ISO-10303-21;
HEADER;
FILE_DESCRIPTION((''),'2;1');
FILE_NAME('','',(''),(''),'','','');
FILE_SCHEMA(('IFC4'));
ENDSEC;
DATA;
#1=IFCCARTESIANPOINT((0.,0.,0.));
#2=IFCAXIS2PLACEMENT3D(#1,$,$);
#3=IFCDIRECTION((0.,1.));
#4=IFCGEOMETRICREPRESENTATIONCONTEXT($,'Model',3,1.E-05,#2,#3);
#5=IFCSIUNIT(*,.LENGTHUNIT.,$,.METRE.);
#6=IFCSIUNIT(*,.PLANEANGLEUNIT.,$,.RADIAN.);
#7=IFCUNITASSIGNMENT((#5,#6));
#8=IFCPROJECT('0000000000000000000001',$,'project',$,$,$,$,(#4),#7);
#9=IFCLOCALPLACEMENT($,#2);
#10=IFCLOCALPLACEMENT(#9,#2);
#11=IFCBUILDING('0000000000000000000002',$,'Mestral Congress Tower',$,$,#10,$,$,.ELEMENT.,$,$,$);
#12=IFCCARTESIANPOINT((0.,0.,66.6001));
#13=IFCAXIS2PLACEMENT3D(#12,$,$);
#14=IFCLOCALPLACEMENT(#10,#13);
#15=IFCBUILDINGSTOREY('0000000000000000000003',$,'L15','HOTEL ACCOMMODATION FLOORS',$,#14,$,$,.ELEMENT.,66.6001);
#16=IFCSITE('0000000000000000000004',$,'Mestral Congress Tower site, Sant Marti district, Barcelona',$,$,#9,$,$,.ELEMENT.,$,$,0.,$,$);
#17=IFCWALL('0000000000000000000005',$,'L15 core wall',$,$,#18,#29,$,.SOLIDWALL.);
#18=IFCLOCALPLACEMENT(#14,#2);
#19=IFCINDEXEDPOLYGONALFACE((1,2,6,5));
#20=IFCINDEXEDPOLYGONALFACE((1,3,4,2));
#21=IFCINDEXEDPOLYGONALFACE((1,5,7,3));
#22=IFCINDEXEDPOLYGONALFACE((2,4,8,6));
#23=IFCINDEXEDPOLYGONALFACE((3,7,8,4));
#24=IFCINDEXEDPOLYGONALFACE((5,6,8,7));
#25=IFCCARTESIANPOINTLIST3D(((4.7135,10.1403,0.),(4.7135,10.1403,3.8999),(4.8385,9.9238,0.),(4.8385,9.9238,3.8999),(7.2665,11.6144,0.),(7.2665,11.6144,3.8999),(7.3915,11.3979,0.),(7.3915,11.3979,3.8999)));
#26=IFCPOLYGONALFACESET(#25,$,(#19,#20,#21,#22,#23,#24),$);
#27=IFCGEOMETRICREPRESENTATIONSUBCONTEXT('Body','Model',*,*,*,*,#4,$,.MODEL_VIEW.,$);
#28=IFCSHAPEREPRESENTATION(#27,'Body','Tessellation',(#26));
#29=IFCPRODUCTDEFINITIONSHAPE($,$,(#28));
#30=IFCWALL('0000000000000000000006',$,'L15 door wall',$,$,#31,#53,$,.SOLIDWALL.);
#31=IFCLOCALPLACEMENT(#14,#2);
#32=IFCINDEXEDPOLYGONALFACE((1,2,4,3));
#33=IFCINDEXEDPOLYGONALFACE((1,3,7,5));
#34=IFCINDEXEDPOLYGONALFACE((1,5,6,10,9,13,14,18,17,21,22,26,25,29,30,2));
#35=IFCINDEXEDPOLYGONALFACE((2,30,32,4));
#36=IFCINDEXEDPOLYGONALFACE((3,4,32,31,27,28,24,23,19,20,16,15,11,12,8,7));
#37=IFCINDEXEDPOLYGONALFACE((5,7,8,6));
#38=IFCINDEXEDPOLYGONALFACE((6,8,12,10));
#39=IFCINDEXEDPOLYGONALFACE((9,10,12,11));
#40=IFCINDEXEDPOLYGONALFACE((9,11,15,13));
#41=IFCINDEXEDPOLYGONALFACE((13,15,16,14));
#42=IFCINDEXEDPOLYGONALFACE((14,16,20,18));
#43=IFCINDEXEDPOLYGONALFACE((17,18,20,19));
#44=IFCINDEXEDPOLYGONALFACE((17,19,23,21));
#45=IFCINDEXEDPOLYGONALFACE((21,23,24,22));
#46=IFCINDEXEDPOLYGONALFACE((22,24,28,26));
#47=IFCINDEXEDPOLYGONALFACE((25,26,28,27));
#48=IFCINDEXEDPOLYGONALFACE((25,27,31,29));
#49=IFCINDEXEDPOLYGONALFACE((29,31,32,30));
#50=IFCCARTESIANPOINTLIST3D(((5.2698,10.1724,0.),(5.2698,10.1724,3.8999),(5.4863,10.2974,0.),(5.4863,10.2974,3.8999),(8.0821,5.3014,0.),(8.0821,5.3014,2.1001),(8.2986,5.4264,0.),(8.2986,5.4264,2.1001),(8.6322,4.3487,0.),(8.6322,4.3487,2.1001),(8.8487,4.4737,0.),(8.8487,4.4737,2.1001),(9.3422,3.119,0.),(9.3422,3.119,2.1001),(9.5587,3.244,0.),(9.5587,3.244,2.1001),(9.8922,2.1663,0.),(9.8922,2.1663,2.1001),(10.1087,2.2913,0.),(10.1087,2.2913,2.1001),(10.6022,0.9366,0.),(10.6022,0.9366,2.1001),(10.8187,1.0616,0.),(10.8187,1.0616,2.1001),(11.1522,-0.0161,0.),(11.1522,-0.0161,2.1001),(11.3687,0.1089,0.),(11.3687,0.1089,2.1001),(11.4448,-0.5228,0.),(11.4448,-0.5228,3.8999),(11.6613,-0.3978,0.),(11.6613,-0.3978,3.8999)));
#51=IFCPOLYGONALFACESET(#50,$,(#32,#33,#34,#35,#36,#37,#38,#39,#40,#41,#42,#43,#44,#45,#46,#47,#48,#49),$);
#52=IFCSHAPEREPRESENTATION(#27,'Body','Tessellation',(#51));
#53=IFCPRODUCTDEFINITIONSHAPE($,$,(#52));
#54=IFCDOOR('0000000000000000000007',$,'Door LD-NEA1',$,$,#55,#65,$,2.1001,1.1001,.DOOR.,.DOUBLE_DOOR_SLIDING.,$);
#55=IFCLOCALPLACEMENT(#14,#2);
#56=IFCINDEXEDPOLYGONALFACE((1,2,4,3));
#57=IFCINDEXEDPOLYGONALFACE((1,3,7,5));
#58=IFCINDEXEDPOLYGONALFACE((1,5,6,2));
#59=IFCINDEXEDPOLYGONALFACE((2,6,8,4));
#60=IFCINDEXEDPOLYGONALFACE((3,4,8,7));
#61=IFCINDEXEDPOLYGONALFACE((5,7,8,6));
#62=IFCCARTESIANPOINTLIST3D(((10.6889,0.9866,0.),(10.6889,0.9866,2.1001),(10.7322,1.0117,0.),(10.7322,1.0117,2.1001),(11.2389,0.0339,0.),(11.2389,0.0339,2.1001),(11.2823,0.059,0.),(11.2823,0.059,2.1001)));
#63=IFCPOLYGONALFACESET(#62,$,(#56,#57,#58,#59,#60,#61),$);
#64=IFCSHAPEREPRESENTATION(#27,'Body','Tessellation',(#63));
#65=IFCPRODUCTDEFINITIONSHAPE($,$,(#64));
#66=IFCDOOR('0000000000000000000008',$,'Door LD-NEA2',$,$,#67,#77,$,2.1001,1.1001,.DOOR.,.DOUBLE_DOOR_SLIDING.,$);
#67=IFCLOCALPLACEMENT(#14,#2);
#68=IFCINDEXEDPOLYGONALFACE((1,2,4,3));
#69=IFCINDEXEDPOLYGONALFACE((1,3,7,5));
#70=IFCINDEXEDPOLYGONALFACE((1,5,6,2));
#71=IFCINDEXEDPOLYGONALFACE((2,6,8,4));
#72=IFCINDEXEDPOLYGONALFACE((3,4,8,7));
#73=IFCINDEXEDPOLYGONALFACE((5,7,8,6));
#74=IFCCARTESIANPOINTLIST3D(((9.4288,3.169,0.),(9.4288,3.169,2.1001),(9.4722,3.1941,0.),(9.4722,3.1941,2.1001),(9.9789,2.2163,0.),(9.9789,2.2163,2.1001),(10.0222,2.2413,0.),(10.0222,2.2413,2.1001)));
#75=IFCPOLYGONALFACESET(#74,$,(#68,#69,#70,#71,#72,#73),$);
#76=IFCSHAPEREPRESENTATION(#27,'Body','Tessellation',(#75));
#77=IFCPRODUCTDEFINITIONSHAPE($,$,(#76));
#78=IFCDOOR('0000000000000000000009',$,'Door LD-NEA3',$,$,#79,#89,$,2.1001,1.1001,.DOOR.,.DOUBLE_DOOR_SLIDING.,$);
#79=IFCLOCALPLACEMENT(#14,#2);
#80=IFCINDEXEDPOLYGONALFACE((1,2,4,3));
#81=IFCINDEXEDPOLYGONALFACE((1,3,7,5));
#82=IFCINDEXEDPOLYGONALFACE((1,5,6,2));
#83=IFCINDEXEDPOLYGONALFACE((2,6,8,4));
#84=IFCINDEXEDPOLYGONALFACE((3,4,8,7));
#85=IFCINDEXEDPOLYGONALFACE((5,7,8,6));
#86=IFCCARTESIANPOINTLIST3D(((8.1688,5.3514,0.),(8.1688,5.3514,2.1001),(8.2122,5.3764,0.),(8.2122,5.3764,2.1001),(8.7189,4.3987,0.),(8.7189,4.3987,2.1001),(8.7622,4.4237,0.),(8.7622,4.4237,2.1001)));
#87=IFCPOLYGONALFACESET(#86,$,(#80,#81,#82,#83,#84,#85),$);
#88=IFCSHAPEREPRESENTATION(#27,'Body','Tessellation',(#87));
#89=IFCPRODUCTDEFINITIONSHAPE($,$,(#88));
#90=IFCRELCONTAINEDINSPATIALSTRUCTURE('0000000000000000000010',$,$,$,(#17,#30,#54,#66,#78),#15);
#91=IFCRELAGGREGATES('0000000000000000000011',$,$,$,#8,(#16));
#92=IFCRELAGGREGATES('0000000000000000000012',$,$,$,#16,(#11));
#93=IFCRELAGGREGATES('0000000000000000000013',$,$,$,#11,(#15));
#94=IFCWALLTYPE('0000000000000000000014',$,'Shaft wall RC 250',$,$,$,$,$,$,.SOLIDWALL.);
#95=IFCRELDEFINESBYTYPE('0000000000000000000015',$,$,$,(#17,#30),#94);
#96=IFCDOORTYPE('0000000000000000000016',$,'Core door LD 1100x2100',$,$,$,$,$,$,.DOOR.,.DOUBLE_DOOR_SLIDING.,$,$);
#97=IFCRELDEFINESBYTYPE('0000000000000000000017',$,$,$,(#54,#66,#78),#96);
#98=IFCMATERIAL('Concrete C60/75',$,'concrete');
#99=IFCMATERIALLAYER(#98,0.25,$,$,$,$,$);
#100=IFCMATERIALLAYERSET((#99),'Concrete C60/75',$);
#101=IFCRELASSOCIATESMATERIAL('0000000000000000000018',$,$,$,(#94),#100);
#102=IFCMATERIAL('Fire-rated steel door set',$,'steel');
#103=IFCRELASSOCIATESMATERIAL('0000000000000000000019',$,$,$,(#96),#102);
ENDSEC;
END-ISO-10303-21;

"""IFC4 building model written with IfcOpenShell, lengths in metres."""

from ifc_helpers import new_model, si_unit, direction, frame, frame_2d, origin, place, context, subcontext, project, spatial, rectangle, extrude, material, layer, layer_set, type_object, element, fill, save


model = new_model("IFC4")

# Units and contexts
model_context = context("Model", 3, precision=1e-05, world=origin(), true_north=direction((0.0, 1.0)))
body_context = subcontext(model_context, "Body", "Model", "MODEL_VIEW")
ifc_project = project(units=[si_unit("LENGTHUNIT", "METRE"), si_unit("PLANEANGLEUNIT", "RADIAN")], contexts=[model_context])

# Site, building, storey
site_placement = place(None, origin())
site = spatial("IfcSite", under=ifc_project, at=site_placement, Name="Mestral Congress Tower site, Sant Marti district, Barcelona", CompositionType="ELEMENT", RefElevation=0.0)
building_placement = place(site_placement, origin())
building = spatial("IfcBuilding", under=site, at=building_placement, Name="Mestral Congress Tower", CompositionType="ELEMENT")
storey_placement = place(building_placement, frame((0.0, 0.0, 66.6001)))
storey = spatial("IfcBuildingStorey", under=building, at=storey_placement, Name="L15", Description="HOTEL ACCOMMODATION FLOORS", CompositionType="ELEMENT", Elevation=66.6001)

# Shared definitions
ifc_material_1 = material(Name="Fire-rated steel door set", Category="steel")

# Wall
ifc_material_2 = material(Name="Concrete C60/75", Category="concrete")
ifc_layer_1 = layer(ifc_material_2, 0.25)
ifc_layer_set_1 = layer_set([ifc_layer_1], Name="Concrete C60/75")
wall_type_1 = type_object("IfcWallType", Name="Shaft wall RC 250", PredefinedType="SOLIDWALL", material=ifc_layer_set_1)
wall_1_placement = place(storey_placement, frame((4.7759, 10.032, 0.0), z_axis=(0.0, 0.0, 1.0), x_axis=(0.866002, 0.50004, 0.0)))
element("IfcWall", 1, at=wall_1_placement, inside=storey, type_object=wall_type_1, Name="L15 core wall", PredefinedType="SOLIDWALL", context=body_context, shape_type="SweptSolid", body=[
    extrude(rectangle(XDim=2.948, YDim=0.25, at=frame_2d((1.4741, 0.0))), origin(), (0.0, 0.0, 1.0), 3.8999),
])

# Wall, openings, doors
wall_2_placement = place(storey_placement, frame((11.553, -0.4602, 0.0), z_axis=(0.0, 0.0, 1.0), x_axis=(-0.500007, 0.866022, 0.0)))
wall_2 = element("IfcWall", 2, at=wall_2_placement, inside=storey, type_object=wall_type_1, Name="L15 door wall", PredefinedType="SOLIDWALL", context=body_context, shape_type="SweptSolid", body=[
    extrude(rectangle(XDim=12.3499, YDim=0.25, at=frame_2d((6.1748, 0.0))), origin(), (0.0, 0.0, 1.0), 3.8999),
])
opening_1_placement = place(wall_2_placement, frame((0.585, 0.0, 0.0)))
opening_1 = element("IfcOpeningElement", 3, at=opening_1_placement, cuts=wall_2, PredefinedType="OPENING", context=body_context, shape_type="SweptSolid", body=[
    extrude(rectangle(XDim=1.1001, YDim=2.1001, at=frame_2d((0.55, 1.05))), frame((0.0, 0.135, 0.0), z_axis=(0.0, -1.0, 0.0), x_axis=(1.0, 0.0, 0.0)), (0.0, 0.0, 1.0), 0.27),
])
opening_2_placement = place(wall_2_placement, frame((3.105, 0.0, 0.0)))
opening_2 = element("IfcOpeningElement", 4, at=opening_2_placement, cuts=wall_2, PredefinedType="OPENING", context=body_context, shape_type="SweptSolid", body=[
    extrude(rectangle(XDim=1.1001, YDim=2.1001, at=frame_2d((0.55, 1.05))), frame((0.0, 0.135, 0.0), z_axis=(0.0, -1.0, 0.0), x_axis=(1.0, 0.0, 0.0)), (0.0, 0.0, 1.0), 0.27),
])
opening_3_placement = place(wall_2_placement, frame((5.625, 0.0, 0.0)))
opening_3 = element("IfcOpeningElement", 5, at=opening_3_placement, cuts=wall_2, PredefinedType="OPENING", context=body_context, shape_type="SweptSolid", body=[
    extrude(rectangle(XDim=1.1001, YDim=2.1001, at=frame_2d((0.55, 1.05))), frame((0.0, 0.135, 0.0), z_axis=(0.0, -1.0, 0.0), x_axis=(1.0, 0.0, 0.0)), (0.0, 0.0, 1.0), 0.27),
])
door_type_1 = type_object("IfcDoorType", Name="Core door LD 1100x2100", OperationType="DOUBLE_DOOR_SLIDING", PredefinedType="DOOR", material=ifc_material_1)
door_1_placement = place(opening_1_placement, origin())
door_1 = element("IfcDoor", 6, at=door_1_placement, inside=storey, type_object=door_type_1, Name="Door LD-NEA1", OperationType="DOUBLE_DOOR_SLIDING", OverallHeight=2.1001, OverallWidth=1.1001, PredefinedType="DOOR", context=body_context, shape_type="SweptSolid", body=[
    extrude(rectangle(XDim=1.1001, YDim=2.1001, at=frame_2d((0.55, 1.05))), frame((0.0, 0.0249, 0.0), z_axis=(0.0, -1.0, 0.0), x_axis=(1.0, 0.0, 0.0)), (0.0, 0.0, 1.0), 0.05),
])
fill(opening_1, door_1)
door_2_placement = place(opening_2_placement, origin())
door_2 = element("IfcDoor", 7, at=door_2_placement, inside=storey, type_object=door_type_1, Name="Door LD-NEA2", OperationType="DOUBLE_DOOR_SLIDING", OverallHeight=2.1001, OverallWidth=1.1001, PredefinedType="DOOR", context=body_context, shape_type="SweptSolid", body=[
    extrude(rectangle(XDim=1.1001, YDim=2.1001, at=frame_2d((0.55, 1.05))), frame((0.0, 0.0249, 0.0), z_axis=(0.0, -1.0, 0.0), x_axis=(1.0, 0.0, 0.0)), (0.0, 0.0, 1.0), 0.05),
])
fill(opening_2, door_2)
door_3_placement = place(opening_3_placement, origin())
door_3 = element("IfcDoor", 8, at=door_3_placement, inside=storey, type_object=door_type_1, Name="Door LD-NEA3", OperationType="DOUBLE_DOOR_SLIDING", OverallHeight=2.1001, OverallWidth=1.1001, PredefinedType="DOOR", context=body_context, shape_type="SweptSolid", body=[
    extrude(rectangle(XDim=1.1001, YDim=2.1001, at=frame_2d((0.55, 1.05))), frame((0.0, 0.0249, 0.0), z_axis=(0.0, -1.0, 0.0), x_axis=(1.0, 0.0, 0.0)), (0.0, 0.0, 1.0), 0.05),
])
fill(opening_3, door_3)

save(model, "model.ifc")
